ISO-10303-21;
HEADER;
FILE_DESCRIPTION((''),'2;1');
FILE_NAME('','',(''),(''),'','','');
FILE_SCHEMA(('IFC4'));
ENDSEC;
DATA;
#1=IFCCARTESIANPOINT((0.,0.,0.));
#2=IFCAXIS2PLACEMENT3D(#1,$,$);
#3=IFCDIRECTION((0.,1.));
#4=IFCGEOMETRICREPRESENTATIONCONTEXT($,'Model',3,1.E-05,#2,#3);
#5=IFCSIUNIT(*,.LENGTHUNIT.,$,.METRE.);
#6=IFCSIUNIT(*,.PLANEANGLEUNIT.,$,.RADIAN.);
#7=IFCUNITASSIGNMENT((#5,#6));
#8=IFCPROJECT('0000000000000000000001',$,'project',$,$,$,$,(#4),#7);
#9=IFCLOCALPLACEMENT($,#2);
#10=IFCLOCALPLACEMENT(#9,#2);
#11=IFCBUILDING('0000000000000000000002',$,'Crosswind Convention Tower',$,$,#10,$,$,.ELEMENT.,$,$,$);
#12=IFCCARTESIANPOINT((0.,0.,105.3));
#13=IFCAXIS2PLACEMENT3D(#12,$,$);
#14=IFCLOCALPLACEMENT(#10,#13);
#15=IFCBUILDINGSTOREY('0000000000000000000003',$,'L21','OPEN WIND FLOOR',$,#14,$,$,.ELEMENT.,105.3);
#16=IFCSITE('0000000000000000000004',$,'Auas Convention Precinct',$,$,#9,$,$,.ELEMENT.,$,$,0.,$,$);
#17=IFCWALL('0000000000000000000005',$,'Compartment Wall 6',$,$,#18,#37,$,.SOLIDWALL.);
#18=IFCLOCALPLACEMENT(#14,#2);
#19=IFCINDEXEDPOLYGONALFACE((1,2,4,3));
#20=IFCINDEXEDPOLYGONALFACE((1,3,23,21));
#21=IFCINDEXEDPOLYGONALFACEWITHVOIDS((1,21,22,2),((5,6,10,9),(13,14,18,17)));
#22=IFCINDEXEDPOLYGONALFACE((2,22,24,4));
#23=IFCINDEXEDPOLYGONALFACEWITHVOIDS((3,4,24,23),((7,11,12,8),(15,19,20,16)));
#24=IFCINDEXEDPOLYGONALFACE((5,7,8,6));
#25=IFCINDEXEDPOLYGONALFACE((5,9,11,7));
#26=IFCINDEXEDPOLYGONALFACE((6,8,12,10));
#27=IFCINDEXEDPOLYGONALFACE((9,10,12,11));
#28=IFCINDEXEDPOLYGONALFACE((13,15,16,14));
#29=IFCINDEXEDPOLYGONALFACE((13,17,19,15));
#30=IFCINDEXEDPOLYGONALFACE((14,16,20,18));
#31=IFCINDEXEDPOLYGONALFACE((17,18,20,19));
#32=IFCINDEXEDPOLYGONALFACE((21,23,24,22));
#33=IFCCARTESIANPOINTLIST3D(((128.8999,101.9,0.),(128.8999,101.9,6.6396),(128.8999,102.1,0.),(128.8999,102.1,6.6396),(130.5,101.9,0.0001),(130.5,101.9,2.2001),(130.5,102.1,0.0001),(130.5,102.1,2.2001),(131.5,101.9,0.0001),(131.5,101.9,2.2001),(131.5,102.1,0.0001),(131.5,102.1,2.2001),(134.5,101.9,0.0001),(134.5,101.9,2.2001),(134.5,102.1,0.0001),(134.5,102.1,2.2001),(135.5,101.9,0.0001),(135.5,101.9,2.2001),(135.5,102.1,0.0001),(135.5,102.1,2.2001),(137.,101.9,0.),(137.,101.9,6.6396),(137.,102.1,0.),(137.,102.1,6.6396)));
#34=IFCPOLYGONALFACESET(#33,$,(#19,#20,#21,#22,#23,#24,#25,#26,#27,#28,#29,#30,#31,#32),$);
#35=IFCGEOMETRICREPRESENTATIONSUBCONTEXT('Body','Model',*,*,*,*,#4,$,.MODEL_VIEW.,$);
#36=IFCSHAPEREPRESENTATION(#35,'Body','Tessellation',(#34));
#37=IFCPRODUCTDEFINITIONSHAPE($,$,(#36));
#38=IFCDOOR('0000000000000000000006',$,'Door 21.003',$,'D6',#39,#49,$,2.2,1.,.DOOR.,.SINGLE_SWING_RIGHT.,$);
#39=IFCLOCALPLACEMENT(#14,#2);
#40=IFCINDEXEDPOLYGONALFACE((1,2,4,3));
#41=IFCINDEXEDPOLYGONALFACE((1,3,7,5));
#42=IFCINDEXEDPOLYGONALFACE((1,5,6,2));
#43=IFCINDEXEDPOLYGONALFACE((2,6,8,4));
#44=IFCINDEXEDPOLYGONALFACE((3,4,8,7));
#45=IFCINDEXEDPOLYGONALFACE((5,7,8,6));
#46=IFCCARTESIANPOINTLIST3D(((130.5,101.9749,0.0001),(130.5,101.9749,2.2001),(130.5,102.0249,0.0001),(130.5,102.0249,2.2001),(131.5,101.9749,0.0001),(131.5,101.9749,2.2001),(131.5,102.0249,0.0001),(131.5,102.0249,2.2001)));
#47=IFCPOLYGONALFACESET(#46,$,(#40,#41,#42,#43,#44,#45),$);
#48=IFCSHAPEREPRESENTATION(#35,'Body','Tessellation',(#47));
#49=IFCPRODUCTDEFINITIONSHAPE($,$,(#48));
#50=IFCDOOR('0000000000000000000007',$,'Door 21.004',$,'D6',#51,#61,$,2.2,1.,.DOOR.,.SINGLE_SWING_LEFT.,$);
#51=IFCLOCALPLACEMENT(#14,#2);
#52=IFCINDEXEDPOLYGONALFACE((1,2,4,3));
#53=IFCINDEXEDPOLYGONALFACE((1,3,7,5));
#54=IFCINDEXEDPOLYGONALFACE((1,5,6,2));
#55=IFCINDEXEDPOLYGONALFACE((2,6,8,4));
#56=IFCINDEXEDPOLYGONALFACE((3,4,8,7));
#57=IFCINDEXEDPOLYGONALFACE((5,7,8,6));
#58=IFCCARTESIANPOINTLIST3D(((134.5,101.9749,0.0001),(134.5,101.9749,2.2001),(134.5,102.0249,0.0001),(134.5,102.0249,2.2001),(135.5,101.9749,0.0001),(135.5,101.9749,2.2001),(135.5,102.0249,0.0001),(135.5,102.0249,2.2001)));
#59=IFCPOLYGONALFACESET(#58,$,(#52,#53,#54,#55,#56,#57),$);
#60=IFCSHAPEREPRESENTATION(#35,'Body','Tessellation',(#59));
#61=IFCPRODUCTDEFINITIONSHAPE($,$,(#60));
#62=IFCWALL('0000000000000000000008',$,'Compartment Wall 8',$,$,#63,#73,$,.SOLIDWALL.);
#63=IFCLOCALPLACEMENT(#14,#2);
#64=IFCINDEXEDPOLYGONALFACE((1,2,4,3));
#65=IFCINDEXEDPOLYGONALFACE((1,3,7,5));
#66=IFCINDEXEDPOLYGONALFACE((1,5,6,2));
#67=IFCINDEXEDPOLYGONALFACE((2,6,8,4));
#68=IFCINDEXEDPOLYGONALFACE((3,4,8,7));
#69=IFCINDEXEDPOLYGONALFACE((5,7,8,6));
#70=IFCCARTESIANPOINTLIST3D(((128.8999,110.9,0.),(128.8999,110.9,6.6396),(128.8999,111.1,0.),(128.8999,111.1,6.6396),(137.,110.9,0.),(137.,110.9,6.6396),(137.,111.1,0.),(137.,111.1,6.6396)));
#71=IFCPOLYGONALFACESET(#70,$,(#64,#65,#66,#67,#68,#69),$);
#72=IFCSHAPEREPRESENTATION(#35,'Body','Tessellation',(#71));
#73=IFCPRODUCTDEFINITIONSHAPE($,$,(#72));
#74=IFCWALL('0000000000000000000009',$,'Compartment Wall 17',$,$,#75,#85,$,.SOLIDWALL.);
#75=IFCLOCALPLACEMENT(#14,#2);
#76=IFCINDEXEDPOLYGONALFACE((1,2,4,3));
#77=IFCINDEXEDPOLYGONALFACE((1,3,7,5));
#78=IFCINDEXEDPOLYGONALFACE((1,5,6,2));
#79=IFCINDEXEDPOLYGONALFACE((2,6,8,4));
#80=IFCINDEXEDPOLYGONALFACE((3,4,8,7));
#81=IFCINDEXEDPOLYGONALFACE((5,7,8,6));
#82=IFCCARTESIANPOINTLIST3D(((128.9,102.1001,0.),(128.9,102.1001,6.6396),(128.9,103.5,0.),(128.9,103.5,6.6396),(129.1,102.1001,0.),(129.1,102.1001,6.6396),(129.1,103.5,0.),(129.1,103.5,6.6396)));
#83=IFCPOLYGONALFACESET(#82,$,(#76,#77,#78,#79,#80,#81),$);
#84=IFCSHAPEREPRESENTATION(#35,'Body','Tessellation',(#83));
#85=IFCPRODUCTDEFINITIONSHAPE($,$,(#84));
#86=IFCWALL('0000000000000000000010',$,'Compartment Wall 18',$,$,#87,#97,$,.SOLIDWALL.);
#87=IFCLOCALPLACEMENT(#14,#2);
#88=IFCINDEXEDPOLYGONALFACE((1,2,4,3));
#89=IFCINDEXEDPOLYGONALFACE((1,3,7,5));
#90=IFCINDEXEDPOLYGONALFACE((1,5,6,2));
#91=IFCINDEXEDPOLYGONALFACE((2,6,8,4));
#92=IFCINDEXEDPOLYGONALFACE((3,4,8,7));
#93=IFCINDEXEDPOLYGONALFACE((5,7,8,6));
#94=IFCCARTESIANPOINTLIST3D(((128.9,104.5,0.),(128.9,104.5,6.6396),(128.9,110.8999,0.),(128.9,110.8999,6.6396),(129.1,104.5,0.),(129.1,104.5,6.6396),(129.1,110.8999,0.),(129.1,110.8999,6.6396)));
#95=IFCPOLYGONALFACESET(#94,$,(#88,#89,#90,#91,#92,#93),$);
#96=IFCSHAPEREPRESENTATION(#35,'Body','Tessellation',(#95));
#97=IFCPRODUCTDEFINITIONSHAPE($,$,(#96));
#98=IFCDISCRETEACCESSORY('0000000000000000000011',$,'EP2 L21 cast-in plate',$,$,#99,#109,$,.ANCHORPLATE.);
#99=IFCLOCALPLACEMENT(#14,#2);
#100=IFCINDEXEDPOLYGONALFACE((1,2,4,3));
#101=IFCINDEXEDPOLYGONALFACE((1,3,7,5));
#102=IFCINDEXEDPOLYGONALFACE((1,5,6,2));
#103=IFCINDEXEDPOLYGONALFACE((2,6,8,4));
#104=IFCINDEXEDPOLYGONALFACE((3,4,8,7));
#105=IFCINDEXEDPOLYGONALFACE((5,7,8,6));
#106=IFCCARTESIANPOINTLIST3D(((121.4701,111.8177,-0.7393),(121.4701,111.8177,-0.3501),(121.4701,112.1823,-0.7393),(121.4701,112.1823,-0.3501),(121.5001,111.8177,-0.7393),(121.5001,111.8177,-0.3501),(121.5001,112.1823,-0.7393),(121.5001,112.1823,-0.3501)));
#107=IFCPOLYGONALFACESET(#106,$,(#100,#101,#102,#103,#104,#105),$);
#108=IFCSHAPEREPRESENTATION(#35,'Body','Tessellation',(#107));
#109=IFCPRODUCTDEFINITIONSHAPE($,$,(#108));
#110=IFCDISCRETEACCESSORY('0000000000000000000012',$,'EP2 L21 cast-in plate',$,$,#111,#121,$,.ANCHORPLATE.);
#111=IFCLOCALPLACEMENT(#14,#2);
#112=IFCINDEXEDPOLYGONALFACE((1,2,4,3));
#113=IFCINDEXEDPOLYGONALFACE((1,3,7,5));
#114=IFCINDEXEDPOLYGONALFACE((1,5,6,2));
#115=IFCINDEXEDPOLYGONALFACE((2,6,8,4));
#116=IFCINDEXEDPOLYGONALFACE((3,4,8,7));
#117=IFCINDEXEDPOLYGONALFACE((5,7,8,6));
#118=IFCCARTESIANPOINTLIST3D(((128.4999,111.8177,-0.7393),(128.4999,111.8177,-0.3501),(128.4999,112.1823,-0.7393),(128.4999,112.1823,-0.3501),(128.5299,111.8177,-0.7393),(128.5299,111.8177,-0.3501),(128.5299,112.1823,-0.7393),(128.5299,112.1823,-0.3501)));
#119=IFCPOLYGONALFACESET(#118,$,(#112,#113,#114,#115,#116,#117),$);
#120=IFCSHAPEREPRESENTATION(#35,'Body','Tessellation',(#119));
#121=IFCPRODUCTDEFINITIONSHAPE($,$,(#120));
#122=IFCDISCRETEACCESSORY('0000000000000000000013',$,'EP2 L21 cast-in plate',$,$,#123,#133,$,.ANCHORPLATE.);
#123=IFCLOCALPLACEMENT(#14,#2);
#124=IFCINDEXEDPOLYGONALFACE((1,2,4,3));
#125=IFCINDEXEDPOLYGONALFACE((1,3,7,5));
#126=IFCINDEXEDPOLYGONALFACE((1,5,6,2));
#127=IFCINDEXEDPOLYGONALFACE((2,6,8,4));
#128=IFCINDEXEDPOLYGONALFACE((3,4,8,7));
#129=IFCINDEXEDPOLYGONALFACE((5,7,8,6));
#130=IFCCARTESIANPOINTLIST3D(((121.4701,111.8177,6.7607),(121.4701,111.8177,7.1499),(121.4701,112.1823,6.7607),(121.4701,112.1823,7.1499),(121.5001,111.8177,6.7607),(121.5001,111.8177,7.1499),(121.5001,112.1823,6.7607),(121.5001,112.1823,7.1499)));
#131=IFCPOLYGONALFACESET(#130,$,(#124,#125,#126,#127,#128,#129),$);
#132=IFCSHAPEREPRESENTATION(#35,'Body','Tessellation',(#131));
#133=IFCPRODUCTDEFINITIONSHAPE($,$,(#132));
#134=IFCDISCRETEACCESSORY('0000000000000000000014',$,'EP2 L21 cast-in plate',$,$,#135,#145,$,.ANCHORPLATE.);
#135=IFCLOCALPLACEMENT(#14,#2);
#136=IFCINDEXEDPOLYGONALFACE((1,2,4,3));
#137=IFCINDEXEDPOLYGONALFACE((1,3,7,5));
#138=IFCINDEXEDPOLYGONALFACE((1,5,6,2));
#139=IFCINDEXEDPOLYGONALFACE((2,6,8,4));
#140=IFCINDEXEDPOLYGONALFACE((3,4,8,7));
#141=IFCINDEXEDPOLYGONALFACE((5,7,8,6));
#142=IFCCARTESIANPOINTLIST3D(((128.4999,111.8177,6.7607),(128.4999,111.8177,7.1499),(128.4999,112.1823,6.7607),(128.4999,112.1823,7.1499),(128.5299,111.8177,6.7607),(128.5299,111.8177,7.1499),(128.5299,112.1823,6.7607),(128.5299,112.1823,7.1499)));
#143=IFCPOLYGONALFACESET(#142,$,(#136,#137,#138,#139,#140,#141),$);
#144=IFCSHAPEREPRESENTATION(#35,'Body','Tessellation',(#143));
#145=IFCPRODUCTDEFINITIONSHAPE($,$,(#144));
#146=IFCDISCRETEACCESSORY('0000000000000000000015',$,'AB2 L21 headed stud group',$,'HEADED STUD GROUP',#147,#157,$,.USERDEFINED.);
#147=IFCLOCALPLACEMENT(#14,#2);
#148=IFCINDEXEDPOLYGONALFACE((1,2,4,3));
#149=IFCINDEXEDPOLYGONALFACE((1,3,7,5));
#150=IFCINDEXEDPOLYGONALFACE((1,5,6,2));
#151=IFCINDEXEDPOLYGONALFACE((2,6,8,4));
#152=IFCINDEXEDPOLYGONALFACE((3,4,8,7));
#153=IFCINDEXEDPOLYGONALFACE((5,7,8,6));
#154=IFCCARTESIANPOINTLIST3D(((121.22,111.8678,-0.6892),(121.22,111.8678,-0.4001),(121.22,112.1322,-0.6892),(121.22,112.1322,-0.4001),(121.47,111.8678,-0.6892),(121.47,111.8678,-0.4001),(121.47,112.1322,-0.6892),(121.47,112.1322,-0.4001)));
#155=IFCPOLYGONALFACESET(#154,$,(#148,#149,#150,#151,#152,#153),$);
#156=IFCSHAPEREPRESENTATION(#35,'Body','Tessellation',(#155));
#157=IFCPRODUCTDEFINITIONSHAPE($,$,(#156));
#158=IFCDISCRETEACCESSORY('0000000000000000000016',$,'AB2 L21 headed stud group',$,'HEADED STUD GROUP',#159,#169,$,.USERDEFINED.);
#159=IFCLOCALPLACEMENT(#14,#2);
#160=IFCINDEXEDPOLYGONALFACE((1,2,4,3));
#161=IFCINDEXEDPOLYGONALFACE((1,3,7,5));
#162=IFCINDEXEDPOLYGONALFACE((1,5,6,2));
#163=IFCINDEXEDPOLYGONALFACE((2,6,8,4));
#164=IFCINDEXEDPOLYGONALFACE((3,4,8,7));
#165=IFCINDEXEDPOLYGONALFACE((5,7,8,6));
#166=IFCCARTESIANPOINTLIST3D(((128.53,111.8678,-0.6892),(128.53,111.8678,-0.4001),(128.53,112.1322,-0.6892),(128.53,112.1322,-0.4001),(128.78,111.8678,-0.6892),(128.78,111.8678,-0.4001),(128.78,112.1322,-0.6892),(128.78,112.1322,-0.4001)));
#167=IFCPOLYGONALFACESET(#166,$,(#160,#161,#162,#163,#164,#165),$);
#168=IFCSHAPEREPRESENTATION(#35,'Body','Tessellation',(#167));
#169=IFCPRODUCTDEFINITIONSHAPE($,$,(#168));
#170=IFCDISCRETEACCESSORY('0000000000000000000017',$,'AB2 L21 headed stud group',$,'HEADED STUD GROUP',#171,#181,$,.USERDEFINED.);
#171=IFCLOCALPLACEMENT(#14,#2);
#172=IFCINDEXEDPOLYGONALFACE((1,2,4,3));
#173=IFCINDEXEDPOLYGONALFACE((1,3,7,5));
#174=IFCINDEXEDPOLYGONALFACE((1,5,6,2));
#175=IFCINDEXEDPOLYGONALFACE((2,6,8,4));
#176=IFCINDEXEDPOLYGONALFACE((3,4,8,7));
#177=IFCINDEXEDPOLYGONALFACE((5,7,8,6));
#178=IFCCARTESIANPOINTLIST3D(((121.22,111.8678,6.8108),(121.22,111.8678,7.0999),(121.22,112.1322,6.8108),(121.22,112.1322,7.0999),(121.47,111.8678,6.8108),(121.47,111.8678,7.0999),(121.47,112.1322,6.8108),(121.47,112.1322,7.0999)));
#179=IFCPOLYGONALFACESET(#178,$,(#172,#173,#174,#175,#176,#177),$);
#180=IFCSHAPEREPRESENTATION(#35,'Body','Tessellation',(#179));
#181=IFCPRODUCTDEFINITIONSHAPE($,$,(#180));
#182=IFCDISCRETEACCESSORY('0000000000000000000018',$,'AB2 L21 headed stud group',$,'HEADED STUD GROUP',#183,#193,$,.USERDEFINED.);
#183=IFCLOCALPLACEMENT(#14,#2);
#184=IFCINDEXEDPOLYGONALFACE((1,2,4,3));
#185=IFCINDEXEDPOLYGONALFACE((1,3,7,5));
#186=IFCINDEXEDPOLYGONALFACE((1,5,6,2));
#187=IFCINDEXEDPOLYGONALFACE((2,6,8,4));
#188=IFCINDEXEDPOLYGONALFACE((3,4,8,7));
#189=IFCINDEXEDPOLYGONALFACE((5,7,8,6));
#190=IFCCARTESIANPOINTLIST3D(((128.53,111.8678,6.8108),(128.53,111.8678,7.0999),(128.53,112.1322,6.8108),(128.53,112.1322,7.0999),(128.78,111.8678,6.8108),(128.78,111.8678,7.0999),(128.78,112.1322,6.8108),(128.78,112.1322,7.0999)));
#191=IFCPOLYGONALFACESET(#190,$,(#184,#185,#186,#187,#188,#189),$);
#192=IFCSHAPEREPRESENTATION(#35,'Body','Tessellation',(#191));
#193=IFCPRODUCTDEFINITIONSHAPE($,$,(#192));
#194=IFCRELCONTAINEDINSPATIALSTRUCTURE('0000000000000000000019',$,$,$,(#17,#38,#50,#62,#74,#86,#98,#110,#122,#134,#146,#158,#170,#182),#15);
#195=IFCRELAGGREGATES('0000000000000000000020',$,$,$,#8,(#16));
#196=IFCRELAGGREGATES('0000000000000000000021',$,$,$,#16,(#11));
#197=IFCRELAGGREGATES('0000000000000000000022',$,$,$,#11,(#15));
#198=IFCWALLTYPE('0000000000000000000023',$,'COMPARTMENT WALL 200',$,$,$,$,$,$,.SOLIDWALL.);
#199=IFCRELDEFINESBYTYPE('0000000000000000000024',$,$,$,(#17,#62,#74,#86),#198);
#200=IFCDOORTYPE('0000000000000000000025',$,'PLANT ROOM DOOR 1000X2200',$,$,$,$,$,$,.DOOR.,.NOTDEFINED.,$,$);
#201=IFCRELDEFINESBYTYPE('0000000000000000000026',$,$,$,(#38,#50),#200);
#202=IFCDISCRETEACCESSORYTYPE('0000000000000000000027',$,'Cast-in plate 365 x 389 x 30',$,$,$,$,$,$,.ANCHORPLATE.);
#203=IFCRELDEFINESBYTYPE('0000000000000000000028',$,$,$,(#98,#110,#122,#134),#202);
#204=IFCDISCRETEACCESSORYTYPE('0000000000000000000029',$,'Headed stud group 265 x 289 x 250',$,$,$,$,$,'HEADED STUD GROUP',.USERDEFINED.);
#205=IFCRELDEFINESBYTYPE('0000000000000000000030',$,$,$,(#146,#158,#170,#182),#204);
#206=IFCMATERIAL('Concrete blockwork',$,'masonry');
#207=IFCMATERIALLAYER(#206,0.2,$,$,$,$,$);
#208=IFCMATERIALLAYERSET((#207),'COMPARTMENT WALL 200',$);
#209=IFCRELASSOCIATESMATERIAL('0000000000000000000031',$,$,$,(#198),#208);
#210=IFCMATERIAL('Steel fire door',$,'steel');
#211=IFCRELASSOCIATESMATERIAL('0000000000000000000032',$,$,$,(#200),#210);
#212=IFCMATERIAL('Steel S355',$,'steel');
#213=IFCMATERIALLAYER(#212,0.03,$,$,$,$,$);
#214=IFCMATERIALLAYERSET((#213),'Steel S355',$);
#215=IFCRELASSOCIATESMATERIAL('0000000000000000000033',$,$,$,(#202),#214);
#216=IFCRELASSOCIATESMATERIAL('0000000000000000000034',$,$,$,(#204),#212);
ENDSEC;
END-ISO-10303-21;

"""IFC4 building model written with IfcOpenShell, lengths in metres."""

from ifc_helpers import new_model, si_unit, direction, frame, frame_2d, origin, origin_2d, place, context, subcontext, project, spatial, rectangle, extrude, material, layer, layer_set, type_object, element, fill, save


model = new_model("IFC4")

# Units and contexts
model_context = context("Model", 3, precision=1e-05, world=origin(), true_north=direction((0.0, 1.0)))
body_context = subcontext(model_context, "Body", "Model", "MODEL_VIEW")
ifc_project = project(units=[si_unit("LENGTHUNIT", "METRE"), si_unit("PLANEANGLEUNIT", "RADIAN")], contexts=[model_context])

# Site, building, storey
site_placement = place(None, origin())
site = spatial("IfcSite", under=ifc_project, at=site_placement, Name="Auas Convention Precinct", CompositionType="ELEMENT", RefElevation=0.0)
building_placement = place(site_placement, origin())
building = spatial("IfcBuilding", under=site, at=building_placement, Name="Crosswind Convention Tower", CompositionType="ELEMENT")
storey_placement = place(building_placement, frame((0.0, 0.0, 105.3)))
storey = spatial("IfcBuildingStorey", under=building, at=storey_placement, Name="L21", Description="OPEN WIND FLOOR", CompositionType="ELEMENT", Elevation=105.3)

# Shared definitions
ifc_material_1 = material(Name="Steel S355", Category="steel")

# Wall, openings, doors
ifc_material_2 = material(Name="Concrete blockwork", Category="masonry")
ifc_layer_1 = layer(ifc_material_2, 0.2)
ifc_layer_set_1 = layer_set([ifc_layer_1], Name="COMPARTMENT WALL 200")
wall_type = type_object("IfcWallType", Name="COMPARTMENT WALL 200", PredefinedType="SOLIDWALL", material=ifc_layer_set_1)
ifc_material_3 = material(Name="Steel fire door", Category="steel")
door_type = type_object("IfcDoorType", Name="PLANT ROOM DOOR 1000X2200", OperationType="NOTDEFINED", PredefinedType="DOOR", material=ifc_material_3)
wall_1_placement = place(storey_placement, frame((128.8999, 102.0, 0.0), z_axis=(0.0, 0.0, 1.0), x_axis=(1.0, 0.0, 0.0)))
wall_1 = element("IfcWall", 1, at=wall_1_placement, inside=storey, type_object=wall_type, Name="Compartment Wall 6", PredefinedType="SOLIDWALL", context=body_context, shape_type="SweptSolid", body=[
    extrude(rectangle(XDim=8.1001, YDim=0.2, at=frame_2d((4.05, 0.0))), origin(), (0.0, 0.0, 1.0), 6.6396),
])
opening_1_placement = place(wall_1_placement, frame((1.6001, 0.0, 0.0)))
opening_1 = element("IfcOpeningElement", 2, at=opening_1_placement, cuts=wall_1, PredefinedType="OPENING", context=body_context, shape_type="SweptSolid", body=[
    extrude(rectangle(XDim=1.0, YDim=2.2, at=frame_2d((0.5, 1.1001))), frame((0.0, 0.1099, 0.0), z_axis=(0.0, -1.0, 0.0), x_axis=(1.0, 0.0, 0.0)), (0.0, 0.0, 1.0), 0.22),
])
opening_2_placement = place(wall_1_placement, frame((5.6001, 0.0, 0.0)))
opening_2 = element("IfcOpeningElement", 3, at=opening_2_placement, cuts=wall_1, PredefinedType="OPENING", context=body_context, shape_type="SweptSolid", body=[
    extrude(rectangle(XDim=1.0, YDim=2.2, at=frame_2d((0.5, 1.1001))), frame((0.0, 0.1099, 0.0), z_axis=(0.0, -1.0, 0.0), x_axis=(1.0, 0.0, 0.0)), (0.0, 0.0, 1.0), 0.22),
])
door_1_placement = place(opening_1_placement, origin())
door_1 = element("IfcDoor", 4, at=door_1_placement, inside=storey, type_object=door_type, Name="Door 21.003", ObjectType="D6", OperationType="SINGLE_SWING_RIGHT", OverallHeight=2.2, OverallWidth=1.0, PredefinedType="DOOR", context=body_context, shape_type="SweptSolid", body=[
    extrude(rectangle(XDim=1.0, YDim=2.2, at=frame_2d((0.5, 1.1001))), frame((0.0, 0.0249, 0.0), z_axis=(0.0, -1.0, 0.0), x_axis=(1.0, 0.0, 0.0)), (0.0, 0.0, 1.0), 0.05),
])
fill(opening_1, door_1)
door_2_placement = place(opening_2_placement, origin())
door_2 = element("IfcDoor", 5, at=door_2_placement, inside=storey, type_object=door_type, Name="Door 21.004", ObjectType="D6", OperationType="SINGLE_SWING_LEFT", OverallHeight=2.2, OverallWidth=1.0, PredefinedType="DOOR", context=body_context, shape_type="SweptSolid", body=[
    extrude(rectangle(XDim=1.0, YDim=2.2, at=frame_2d((0.5, 1.1001))), frame((0.0, 0.0249, 0.0), z_axis=(0.0, -1.0, 0.0), x_axis=(1.0, 0.0, 0.0)), (0.0, 0.0, 1.0), 0.05),
])
fill(opening_2, door_2)

# Walls
wall_2_placement = place(storey_placement, frame((128.8999, 111.0, 0.0), z_axis=(0.0, 0.0, 1.0), x_axis=(1.0, 0.0, 0.0)))
element("IfcWall", 6, at=wall_2_placement, inside=storey, type_object=wall_type, Name="Compartment Wall 8", PredefinedType="SOLIDWALL", context=body_context, shape_type="SweptSolid", body=[
    extrude(rectangle(XDim=8.1001, YDim=0.2, at=frame_2d((4.05, 0.0))), origin(), (0.0, 0.0, 1.0), 6.6396),
])
wall_3_placement = place(storey_placement, frame((129.0, 102.1001, 0.0), z_axis=(0.0, 0.0, 1.0), x_axis=(0.0, 1.0, 0.0)))
element("IfcWall", 7, at=wall_3_placement, inside=storey, type_object=wall_type, Name="Compartment Wall 17", PredefinedType="SOLIDWALL", context=body_context, shape_type="SweptSolid", body=[
    extrude(rectangle(XDim=1.3999, YDim=0.2, at=frame_2d((0.7, 0.0))), origin(), (0.0, 0.0, 1.0), 6.6396),
])
wall_4_placement = place(storey_placement, frame((129.0, 104.5, 0.0), z_axis=(0.0, 0.0, 1.0), x_axis=(0.0, 1.0, 0.0)))
element("IfcWall", 8, at=wall_4_placement, inside=storey, type_object=wall_type, Name="Compartment Wall 18", PredefinedType="SOLIDWALL", context=body_context, shape_type="SweptSolid", body=[
    extrude(rectangle(XDim=6.3999, YDim=0.2, at=frame_2d((3.2, 0.0))), origin(), (0.0, 0.0, 1.0), 6.6396),
])

# Discrete accessories
ifc_layer_2 = layer(ifc_material_1, 0.03)
ifc_layer_set_2 = layer_set([ifc_layer_2], Name="Steel S355")
discrete_accessory_type_1 = type_object("IfcDiscreteAccessoryType", Name="Cast-in plate 365 x 389 x 30", PredefinedType="ANCHORPLATE", material=ifc_layer_set_2)
for number, where, z_axis, x_axis, name in (
    (9, (121.4851, 112.0, -0.7393), (0.0, 0.0, 1.0), (1.0, 0.0, 0.0), "EP2 L21 cast-in plate"),
    (10, (128.5149, 112.0, -0.7393), (0.0, 0.0, 1.0), (1.0, 0.0, 0.0), "EP2 L21 cast-in plate"),
    (11, (121.4851, 112.0, 6.7607), (0.0, 0.0, 1.0), (1.0, 0.0, 0.0), "EP2 L21 cast-in plate"),
    (12, (128.5149, 112.0, 6.7607), (0.0, 0.0, 1.0), (1.0, 0.0, 0.0), "EP2 L21 cast-in plate"),
):
    element("IfcDiscreteAccessory", number, at=place(storey_placement, frame(where, z_axis=z_axis, x_axis=x_axis)), inside=storey, type_object=discrete_accessory_type_1, Name=name, PredefinedType="ANCHORPLATE", context=body_context, shape_type="SweptSolid", body=[
        extrude(rectangle(XDim=0.03, YDim=0.3645, at=origin_2d()), origin(), (0.0, 0.0, 1.0), 0.3892),
    ])
discrete_accessory_type_2 = type_object("IfcDiscreteAccessoryType", Name="Headed stud group 265 x 289 x 250", ElementType="HEADED STUD GROUP", PredefinedType="USERDEFINED", material=ifc_material_1)
for number, where, z_axis, x_axis, name in (
    (13, (121.345, 112.0, -0.6892), (0.0, 0.0, 1.0), (1.0, 0.0, 0.0), "AB2 L21 headed stud group"),
    (14, (128.655, 112.0, -0.6892), (0.0, 0.0, 1.0), (1.0, 0.0, 0.0), "AB2 L21 headed stud group"),
    (15, (121.345, 112.0, 6.8108), (0.0, 0.0, 1.0), (1.0, 0.0, 0.0), "AB2 L21 headed stud group"),
    (16, (128.655, 112.0, 6.8108), (0.0, 0.0, 1.0), (1.0, 0.0, 0.0), "AB2 L21 headed stud group"),
):
    element("IfcDiscreteAccessory", number, at=place(storey_placement, frame(where, z_axis=z_axis, x_axis=x_axis)), inside=storey, type_object=discrete_accessory_type_2, Name=name, ObjectType="HEADED STUD GROUP", PredefinedType="USERDEFINED", context=body_context, shape_type="SweptSolid", body=[
        extrude(rectangle(XDim=0.25, YDim=0.2644, at=origin_2d()), origin(), (0.0, 0.0, 1.0), 0.2891),
    ])

save(model, "model.ifc")
